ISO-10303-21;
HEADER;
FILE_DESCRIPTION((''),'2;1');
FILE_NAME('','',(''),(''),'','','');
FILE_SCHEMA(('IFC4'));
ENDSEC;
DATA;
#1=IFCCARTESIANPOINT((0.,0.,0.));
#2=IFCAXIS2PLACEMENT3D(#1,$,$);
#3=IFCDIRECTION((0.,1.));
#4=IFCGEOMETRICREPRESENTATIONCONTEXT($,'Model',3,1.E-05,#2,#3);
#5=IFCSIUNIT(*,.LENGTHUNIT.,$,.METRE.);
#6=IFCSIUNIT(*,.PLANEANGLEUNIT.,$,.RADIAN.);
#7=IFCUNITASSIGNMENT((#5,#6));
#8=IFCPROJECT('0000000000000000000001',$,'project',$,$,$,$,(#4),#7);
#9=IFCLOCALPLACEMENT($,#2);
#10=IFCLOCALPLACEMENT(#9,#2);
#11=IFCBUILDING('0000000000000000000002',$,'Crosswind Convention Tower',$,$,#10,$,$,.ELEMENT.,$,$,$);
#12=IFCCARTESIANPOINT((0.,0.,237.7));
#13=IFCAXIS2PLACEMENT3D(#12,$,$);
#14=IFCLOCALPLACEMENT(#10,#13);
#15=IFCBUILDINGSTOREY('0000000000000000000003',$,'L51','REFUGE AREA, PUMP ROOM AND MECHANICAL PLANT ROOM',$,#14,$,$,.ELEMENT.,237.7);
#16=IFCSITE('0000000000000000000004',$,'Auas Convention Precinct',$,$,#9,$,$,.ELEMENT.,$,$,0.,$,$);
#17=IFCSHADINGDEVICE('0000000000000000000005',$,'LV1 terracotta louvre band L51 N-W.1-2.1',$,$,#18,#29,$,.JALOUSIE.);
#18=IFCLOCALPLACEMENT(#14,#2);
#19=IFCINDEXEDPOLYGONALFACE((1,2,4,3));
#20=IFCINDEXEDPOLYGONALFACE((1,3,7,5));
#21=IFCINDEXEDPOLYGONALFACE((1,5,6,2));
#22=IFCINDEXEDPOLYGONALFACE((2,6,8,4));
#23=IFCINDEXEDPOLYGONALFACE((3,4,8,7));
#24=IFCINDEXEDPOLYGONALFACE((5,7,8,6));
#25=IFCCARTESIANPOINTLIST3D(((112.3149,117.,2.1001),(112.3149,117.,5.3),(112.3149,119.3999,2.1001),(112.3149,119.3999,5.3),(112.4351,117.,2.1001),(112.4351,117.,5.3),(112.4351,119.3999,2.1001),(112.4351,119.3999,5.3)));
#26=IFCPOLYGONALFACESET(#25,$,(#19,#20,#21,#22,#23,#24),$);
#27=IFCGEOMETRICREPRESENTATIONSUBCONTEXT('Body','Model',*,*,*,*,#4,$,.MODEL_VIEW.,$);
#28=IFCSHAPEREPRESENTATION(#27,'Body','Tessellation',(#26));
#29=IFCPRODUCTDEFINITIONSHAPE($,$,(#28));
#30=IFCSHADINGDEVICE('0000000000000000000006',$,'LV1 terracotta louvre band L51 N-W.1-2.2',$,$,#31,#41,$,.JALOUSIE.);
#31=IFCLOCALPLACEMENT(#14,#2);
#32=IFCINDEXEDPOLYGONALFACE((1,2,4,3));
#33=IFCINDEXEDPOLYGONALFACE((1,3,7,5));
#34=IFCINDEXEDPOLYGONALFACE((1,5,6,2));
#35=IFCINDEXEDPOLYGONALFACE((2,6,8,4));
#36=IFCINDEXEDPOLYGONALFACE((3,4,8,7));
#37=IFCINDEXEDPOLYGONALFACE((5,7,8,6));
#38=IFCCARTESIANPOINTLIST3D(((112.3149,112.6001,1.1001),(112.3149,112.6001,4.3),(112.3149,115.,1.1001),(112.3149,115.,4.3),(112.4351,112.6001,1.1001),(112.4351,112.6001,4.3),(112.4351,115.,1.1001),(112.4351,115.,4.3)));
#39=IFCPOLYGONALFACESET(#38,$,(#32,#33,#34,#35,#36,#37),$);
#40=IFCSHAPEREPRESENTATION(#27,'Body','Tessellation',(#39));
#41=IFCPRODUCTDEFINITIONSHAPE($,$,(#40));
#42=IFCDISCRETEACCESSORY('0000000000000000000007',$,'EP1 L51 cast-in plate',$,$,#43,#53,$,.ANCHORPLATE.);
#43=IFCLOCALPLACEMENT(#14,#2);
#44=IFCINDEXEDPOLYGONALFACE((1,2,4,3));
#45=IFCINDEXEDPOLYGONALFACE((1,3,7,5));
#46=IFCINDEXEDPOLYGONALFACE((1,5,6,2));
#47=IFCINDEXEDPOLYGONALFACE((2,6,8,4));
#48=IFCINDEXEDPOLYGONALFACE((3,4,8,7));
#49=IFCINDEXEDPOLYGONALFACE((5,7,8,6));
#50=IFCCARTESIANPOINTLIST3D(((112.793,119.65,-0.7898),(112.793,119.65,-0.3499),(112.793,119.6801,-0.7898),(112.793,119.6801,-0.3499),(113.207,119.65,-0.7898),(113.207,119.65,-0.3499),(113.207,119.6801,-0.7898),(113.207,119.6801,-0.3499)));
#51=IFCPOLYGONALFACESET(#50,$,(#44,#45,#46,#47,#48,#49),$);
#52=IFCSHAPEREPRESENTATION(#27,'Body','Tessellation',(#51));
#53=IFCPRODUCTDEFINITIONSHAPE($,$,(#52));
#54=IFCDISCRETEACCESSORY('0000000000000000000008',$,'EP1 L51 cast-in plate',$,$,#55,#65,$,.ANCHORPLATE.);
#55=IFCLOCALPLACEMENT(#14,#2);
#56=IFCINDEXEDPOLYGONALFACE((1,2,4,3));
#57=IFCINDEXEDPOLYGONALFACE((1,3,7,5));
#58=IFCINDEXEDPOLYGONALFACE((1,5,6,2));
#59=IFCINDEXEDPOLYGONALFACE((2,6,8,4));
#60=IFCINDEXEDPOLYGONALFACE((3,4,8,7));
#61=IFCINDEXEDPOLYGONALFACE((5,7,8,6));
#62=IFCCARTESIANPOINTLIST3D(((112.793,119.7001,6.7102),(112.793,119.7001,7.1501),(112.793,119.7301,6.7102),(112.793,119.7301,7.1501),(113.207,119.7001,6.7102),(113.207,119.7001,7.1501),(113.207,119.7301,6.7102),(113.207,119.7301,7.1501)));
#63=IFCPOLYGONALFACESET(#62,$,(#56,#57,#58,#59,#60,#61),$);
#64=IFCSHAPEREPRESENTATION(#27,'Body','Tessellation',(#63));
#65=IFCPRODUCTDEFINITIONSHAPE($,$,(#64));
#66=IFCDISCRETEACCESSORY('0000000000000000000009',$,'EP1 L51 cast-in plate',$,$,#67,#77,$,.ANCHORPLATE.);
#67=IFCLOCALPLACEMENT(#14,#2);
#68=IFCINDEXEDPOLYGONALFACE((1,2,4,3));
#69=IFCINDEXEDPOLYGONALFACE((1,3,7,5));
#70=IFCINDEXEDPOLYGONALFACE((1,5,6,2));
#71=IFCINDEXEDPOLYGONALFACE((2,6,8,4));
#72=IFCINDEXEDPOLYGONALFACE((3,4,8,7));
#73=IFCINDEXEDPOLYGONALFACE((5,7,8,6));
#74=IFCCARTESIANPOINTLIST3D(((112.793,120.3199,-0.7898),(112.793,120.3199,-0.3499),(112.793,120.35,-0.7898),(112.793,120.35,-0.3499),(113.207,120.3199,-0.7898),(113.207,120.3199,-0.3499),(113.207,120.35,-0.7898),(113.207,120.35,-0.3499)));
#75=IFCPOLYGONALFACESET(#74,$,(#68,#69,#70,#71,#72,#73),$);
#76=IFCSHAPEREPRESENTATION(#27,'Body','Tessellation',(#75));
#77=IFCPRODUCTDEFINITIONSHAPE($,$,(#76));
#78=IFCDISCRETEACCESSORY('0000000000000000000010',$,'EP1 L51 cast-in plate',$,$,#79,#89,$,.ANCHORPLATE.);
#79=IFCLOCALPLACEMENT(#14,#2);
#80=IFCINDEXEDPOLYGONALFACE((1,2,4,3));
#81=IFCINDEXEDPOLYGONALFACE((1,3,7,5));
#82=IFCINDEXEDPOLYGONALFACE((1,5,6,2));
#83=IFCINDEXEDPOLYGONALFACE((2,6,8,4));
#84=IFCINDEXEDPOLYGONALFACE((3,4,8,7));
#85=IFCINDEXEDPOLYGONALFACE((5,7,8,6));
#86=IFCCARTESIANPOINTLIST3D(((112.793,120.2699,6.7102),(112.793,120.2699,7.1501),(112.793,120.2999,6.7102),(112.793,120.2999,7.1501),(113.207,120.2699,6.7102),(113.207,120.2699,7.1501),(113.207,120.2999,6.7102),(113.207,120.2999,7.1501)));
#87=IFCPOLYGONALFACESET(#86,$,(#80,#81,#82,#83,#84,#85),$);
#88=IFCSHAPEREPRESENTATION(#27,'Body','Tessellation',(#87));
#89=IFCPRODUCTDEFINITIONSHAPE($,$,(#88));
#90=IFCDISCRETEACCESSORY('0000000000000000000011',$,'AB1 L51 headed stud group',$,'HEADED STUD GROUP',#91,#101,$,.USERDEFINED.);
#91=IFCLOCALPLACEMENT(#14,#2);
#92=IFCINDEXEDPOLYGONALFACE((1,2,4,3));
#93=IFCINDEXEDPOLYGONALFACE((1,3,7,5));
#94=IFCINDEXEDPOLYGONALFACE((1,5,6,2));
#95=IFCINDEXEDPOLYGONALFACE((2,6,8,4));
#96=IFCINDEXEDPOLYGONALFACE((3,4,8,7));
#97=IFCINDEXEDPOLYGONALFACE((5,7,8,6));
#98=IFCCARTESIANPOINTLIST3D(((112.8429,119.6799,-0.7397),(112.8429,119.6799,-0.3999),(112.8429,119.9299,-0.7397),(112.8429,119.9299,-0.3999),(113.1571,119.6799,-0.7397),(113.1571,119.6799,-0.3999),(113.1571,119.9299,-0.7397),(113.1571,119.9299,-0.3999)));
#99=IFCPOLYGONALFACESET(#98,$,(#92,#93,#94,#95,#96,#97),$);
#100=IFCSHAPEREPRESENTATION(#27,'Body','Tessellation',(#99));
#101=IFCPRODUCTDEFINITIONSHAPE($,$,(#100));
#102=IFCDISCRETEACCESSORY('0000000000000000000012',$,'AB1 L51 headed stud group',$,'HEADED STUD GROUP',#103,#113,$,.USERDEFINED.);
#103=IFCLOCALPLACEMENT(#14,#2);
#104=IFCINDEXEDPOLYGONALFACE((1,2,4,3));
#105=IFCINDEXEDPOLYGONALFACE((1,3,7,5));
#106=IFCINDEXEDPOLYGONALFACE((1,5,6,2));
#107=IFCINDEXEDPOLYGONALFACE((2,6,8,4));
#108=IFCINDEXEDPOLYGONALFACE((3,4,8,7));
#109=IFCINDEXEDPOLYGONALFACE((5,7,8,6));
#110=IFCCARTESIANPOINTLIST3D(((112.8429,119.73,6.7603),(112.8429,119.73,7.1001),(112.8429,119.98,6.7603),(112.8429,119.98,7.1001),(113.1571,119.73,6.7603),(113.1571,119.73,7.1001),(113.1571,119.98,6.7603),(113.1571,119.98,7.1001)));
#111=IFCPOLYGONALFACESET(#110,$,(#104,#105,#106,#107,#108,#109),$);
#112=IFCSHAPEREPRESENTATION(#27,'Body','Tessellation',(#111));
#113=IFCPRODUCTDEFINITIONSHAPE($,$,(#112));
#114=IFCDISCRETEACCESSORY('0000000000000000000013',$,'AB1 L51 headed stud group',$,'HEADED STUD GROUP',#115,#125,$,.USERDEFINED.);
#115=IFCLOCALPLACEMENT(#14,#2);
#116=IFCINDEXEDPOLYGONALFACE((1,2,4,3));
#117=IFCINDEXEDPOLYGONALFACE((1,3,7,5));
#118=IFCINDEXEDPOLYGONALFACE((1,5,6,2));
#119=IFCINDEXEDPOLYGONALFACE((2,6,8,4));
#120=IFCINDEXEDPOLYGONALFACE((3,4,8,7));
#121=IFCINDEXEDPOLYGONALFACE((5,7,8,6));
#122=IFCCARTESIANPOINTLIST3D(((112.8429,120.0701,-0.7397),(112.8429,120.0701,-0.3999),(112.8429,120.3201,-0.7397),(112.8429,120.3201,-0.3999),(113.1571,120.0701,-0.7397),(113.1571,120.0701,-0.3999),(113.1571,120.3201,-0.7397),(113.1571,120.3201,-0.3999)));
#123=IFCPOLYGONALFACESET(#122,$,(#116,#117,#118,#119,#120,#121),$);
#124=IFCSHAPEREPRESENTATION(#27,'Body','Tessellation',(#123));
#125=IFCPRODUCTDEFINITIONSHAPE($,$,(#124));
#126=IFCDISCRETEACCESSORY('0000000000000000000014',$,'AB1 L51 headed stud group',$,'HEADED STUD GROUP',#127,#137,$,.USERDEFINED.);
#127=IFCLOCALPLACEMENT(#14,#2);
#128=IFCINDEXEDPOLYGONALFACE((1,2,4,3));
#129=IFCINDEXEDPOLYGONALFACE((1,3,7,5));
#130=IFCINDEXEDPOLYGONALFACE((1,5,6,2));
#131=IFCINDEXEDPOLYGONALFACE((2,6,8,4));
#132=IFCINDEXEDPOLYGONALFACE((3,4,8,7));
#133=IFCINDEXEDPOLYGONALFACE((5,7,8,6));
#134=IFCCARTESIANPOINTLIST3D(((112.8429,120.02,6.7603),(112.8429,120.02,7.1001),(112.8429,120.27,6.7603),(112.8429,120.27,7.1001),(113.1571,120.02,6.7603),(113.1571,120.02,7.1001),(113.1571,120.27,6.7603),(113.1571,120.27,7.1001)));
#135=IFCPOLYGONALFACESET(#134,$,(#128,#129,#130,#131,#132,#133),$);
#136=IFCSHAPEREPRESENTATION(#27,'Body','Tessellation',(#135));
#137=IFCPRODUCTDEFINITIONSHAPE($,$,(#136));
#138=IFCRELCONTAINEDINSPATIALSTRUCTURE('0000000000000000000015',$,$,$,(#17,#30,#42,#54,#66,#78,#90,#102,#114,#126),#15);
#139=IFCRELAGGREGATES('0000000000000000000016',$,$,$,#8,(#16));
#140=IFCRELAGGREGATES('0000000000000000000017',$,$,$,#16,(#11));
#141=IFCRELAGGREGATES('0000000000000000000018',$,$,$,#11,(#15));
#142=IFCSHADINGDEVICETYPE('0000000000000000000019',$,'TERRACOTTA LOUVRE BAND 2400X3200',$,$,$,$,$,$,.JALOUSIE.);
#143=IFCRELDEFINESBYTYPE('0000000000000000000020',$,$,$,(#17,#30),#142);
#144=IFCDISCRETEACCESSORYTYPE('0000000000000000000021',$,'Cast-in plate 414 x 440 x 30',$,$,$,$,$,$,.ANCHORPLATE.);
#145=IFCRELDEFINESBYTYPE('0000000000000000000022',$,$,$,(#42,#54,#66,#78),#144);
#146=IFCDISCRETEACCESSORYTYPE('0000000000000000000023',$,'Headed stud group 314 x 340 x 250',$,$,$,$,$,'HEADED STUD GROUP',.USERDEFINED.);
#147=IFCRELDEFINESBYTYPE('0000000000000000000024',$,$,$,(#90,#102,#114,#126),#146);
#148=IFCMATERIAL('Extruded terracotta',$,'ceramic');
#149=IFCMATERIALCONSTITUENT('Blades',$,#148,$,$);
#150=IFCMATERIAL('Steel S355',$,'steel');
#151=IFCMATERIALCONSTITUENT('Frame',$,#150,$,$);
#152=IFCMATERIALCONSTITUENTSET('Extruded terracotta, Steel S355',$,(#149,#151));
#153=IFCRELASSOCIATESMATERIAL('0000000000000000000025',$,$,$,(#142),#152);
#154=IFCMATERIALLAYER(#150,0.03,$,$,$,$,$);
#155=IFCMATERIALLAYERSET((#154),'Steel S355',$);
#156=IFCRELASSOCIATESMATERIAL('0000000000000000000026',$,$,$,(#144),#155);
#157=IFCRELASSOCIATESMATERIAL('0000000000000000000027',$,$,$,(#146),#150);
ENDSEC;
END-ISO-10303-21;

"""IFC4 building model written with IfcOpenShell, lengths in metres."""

from ifc_helpers import new_model, si_unit, direction, frame, origin, origin_2d, place, context, subcontext, project, spatial, rectangle, extrude, material, layer, layer_set, constituent, constituent_set, type_object, element, save


model = new_model("IFC4")

# Units and contexts
model_context = context("Model", 3, precision=1e-05, world=origin(), true_north=direction((0.0, 1.0)))
body_context = subcontext(model_context, "Body", "Model", "MODEL_VIEW")
ifc_project = project(units=[si_unit("LENGTHUNIT", "METRE"), si_unit("PLANEANGLEUNIT", "RADIAN")], contexts=[model_context])

# Site, building, storey
site_placement = place(None, origin())
site = spatial("IfcSite", under=ifc_project, at=site_placement, Name="Auas Convention Precinct", CompositionType="ELEMENT", RefElevation=0.0)
building_placement = place(site_placement, origin())
building = spatial("IfcBuilding", under=site, at=building_placement, Name="Crosswind Convention Tower", CompositionType="ELEMENT")
storey_placement = place(building_placement, frame((0.0, 0.0, 237.7)))
storey = spatial("IfcBuildingStorey", under=building, at=storey_placement, Name="L51", Description="REFUGE AREA, PUMP ROOM AND MECHANICAL PLANT ROOM", CompositionType="ELEMENT", Elevation=237.7)

# Shared definitions
ifc_material_1 = material(Name="Steel S355", Category="steel")

# Shading devices
ifc_material_2 = material(Name="Extruded terracotta", Category="ceramic")
ifc_constituent_1 = constituent(ifc_material_2, Name="Blades")
ifc_constituent_2 = constituent(ifc_material_1, Name="Frame")
ifc_constituent_set = constituent_set(constituents=[ifc_constituent_1, ifc_constituent_2], Name="Extruded terracotta, Steel S355")
shading_device_type = type_object("IfcShadingDeviceType", Name="TERRACOTTA LOUVRE BAND 2400X3200", PredefinedType="JALOUSIE", material=ifc_constituent_set)
for number, where, z_axis, x_axis, name in (
    (1, (112.375, 118.2, 2.1001), (0.0, 0.0, 1.0), (0.0, -1.0, 0.0), "LV1 terracotta louvre band L51 N-W.1-2.1"),
    (2, (112.375, 113.8, 1.1001), (0.0, 0.0, 1.0), (0.0, -1.0, 0.0), "LV1 terracotta louvre band L51 N-W.1-2.2"),
):
    element("IfcShadingDevice", number, at=place(storey_placement, frame(where, z_axis=z_axis, x_axis=x_axis)), inside=storey, type_object=shading_device_type, Name=name, PredefinedType="JALOUSIE", context=body_context, shape_type="SweptSolid", body=[
        extrude(rectangle(XDim=2.3999, YDim=0.1201, at=origin_2d()), origin(), (0.0, 0.0, 1.0), 3.2),
    ])

# Discrete accessories
ifc_layer_1 = layer(ifc_material_1, 0.03)
ifc_layer_set_1 = layer_set([ifc_layer_1], Name="Steel S355")
discrete_accessory_type_1 = type_object("IfcDiscreteAccessoryType", Name="Cast-in plate 414 x 440 x 30", PredefinedType="ANCHORPLATE", material=ifc_layer_set_1)
for number, where, z_axis, x_axis, name in (
    (3, (113.0, 119.665, -0.7898), (0.0, 0.0, 1.0), (1.0, 0.0, 0.0), "EP1 L51 cast-in plate"),
    (4, (113.0, 119.7151, 6.7102), (0.0, 0.0, 1.0), (1.0, 0.0, 0.0), "EP1 L51 cast-in plate"),
    (5, (113.0, 120.335, -0.7898), (0.0, 0.0, 1.0), (1.0, 0.0, 0.0), "EP1 L51 cast-in plate"),
    (6, (113.0, 120.2849, 6.7102), (0.0, 0.0, 1.0), (1.0, 0.0, 0.0), "EP1 L51 cast-in plate"),
):
    element("IfcDiscreteAccessory", number, at=place(storey_placement, frame(where, z_axis=z_axis, x_axis=x_axis)), inside=storey, type_object=discrete_accessory_type_1, Name=name, PredefinedType="ANCHORPLATE", context=body_context, shape_type="SweptSolid", body=[
        extrude(rectangle(XDim=0.4141, YDim=0.03, at=origin_2d()), origin(), (0.0, 0.0, 1.0), 0.4399),
    ])
discrete_accessory_type_2 = type_object("IfcDiscreteAccessoryType", Name="Headed stud group 314 x 340 x 250", ElementType="HEADED STUD GROUP", PredefinedType="USERDEFINED", material=ifc_material_1)
for number, where, z_axis, x_axis, name in (
    (7, (113.0, 119.8049, -0.7397), (0.0, 0.0, 1.0), (1.0, 0.0, 0.0), "AB1 L51 headed stud group"),
    (8, (113.0, 119.855, 6.7603), (0.0, 0.0, 1.0), (1.0, 0.0, 0.0), "AB1 L51 headed stud group"),
    (9, (113.0, 120.1951, -0.7397), (0.0, 0.0, 1.0), (1.0, 0.0, 0.0), "AB1 L51 headed stud group"),
    (10, (113.0, 120.145, 6.7603), (0.0, 0.0, 1.0), (1.0, 0.0, 0.0), "AB1 L51 headed stud group"),
):
    element("IfcDiscreteAccessory", number, at=place(storey_placement, frame(where, z_axis=z_axis, x_axis=x_axis)), inside=storey, type_object=discrete_accessory_type_2, Name=name, ObjectType="HEADED STUD GROUP", PredefinedType="USERDEFINED", context=body_context, shape_type="SweptSolid", body=[
        extrude(rectangle(XDim=0.3142, YDim=0.25, at=origin_2d()), origin(), (0.0, 0.0, 1.0), 0.3398),
    ])

save(model, "model.ifc")
